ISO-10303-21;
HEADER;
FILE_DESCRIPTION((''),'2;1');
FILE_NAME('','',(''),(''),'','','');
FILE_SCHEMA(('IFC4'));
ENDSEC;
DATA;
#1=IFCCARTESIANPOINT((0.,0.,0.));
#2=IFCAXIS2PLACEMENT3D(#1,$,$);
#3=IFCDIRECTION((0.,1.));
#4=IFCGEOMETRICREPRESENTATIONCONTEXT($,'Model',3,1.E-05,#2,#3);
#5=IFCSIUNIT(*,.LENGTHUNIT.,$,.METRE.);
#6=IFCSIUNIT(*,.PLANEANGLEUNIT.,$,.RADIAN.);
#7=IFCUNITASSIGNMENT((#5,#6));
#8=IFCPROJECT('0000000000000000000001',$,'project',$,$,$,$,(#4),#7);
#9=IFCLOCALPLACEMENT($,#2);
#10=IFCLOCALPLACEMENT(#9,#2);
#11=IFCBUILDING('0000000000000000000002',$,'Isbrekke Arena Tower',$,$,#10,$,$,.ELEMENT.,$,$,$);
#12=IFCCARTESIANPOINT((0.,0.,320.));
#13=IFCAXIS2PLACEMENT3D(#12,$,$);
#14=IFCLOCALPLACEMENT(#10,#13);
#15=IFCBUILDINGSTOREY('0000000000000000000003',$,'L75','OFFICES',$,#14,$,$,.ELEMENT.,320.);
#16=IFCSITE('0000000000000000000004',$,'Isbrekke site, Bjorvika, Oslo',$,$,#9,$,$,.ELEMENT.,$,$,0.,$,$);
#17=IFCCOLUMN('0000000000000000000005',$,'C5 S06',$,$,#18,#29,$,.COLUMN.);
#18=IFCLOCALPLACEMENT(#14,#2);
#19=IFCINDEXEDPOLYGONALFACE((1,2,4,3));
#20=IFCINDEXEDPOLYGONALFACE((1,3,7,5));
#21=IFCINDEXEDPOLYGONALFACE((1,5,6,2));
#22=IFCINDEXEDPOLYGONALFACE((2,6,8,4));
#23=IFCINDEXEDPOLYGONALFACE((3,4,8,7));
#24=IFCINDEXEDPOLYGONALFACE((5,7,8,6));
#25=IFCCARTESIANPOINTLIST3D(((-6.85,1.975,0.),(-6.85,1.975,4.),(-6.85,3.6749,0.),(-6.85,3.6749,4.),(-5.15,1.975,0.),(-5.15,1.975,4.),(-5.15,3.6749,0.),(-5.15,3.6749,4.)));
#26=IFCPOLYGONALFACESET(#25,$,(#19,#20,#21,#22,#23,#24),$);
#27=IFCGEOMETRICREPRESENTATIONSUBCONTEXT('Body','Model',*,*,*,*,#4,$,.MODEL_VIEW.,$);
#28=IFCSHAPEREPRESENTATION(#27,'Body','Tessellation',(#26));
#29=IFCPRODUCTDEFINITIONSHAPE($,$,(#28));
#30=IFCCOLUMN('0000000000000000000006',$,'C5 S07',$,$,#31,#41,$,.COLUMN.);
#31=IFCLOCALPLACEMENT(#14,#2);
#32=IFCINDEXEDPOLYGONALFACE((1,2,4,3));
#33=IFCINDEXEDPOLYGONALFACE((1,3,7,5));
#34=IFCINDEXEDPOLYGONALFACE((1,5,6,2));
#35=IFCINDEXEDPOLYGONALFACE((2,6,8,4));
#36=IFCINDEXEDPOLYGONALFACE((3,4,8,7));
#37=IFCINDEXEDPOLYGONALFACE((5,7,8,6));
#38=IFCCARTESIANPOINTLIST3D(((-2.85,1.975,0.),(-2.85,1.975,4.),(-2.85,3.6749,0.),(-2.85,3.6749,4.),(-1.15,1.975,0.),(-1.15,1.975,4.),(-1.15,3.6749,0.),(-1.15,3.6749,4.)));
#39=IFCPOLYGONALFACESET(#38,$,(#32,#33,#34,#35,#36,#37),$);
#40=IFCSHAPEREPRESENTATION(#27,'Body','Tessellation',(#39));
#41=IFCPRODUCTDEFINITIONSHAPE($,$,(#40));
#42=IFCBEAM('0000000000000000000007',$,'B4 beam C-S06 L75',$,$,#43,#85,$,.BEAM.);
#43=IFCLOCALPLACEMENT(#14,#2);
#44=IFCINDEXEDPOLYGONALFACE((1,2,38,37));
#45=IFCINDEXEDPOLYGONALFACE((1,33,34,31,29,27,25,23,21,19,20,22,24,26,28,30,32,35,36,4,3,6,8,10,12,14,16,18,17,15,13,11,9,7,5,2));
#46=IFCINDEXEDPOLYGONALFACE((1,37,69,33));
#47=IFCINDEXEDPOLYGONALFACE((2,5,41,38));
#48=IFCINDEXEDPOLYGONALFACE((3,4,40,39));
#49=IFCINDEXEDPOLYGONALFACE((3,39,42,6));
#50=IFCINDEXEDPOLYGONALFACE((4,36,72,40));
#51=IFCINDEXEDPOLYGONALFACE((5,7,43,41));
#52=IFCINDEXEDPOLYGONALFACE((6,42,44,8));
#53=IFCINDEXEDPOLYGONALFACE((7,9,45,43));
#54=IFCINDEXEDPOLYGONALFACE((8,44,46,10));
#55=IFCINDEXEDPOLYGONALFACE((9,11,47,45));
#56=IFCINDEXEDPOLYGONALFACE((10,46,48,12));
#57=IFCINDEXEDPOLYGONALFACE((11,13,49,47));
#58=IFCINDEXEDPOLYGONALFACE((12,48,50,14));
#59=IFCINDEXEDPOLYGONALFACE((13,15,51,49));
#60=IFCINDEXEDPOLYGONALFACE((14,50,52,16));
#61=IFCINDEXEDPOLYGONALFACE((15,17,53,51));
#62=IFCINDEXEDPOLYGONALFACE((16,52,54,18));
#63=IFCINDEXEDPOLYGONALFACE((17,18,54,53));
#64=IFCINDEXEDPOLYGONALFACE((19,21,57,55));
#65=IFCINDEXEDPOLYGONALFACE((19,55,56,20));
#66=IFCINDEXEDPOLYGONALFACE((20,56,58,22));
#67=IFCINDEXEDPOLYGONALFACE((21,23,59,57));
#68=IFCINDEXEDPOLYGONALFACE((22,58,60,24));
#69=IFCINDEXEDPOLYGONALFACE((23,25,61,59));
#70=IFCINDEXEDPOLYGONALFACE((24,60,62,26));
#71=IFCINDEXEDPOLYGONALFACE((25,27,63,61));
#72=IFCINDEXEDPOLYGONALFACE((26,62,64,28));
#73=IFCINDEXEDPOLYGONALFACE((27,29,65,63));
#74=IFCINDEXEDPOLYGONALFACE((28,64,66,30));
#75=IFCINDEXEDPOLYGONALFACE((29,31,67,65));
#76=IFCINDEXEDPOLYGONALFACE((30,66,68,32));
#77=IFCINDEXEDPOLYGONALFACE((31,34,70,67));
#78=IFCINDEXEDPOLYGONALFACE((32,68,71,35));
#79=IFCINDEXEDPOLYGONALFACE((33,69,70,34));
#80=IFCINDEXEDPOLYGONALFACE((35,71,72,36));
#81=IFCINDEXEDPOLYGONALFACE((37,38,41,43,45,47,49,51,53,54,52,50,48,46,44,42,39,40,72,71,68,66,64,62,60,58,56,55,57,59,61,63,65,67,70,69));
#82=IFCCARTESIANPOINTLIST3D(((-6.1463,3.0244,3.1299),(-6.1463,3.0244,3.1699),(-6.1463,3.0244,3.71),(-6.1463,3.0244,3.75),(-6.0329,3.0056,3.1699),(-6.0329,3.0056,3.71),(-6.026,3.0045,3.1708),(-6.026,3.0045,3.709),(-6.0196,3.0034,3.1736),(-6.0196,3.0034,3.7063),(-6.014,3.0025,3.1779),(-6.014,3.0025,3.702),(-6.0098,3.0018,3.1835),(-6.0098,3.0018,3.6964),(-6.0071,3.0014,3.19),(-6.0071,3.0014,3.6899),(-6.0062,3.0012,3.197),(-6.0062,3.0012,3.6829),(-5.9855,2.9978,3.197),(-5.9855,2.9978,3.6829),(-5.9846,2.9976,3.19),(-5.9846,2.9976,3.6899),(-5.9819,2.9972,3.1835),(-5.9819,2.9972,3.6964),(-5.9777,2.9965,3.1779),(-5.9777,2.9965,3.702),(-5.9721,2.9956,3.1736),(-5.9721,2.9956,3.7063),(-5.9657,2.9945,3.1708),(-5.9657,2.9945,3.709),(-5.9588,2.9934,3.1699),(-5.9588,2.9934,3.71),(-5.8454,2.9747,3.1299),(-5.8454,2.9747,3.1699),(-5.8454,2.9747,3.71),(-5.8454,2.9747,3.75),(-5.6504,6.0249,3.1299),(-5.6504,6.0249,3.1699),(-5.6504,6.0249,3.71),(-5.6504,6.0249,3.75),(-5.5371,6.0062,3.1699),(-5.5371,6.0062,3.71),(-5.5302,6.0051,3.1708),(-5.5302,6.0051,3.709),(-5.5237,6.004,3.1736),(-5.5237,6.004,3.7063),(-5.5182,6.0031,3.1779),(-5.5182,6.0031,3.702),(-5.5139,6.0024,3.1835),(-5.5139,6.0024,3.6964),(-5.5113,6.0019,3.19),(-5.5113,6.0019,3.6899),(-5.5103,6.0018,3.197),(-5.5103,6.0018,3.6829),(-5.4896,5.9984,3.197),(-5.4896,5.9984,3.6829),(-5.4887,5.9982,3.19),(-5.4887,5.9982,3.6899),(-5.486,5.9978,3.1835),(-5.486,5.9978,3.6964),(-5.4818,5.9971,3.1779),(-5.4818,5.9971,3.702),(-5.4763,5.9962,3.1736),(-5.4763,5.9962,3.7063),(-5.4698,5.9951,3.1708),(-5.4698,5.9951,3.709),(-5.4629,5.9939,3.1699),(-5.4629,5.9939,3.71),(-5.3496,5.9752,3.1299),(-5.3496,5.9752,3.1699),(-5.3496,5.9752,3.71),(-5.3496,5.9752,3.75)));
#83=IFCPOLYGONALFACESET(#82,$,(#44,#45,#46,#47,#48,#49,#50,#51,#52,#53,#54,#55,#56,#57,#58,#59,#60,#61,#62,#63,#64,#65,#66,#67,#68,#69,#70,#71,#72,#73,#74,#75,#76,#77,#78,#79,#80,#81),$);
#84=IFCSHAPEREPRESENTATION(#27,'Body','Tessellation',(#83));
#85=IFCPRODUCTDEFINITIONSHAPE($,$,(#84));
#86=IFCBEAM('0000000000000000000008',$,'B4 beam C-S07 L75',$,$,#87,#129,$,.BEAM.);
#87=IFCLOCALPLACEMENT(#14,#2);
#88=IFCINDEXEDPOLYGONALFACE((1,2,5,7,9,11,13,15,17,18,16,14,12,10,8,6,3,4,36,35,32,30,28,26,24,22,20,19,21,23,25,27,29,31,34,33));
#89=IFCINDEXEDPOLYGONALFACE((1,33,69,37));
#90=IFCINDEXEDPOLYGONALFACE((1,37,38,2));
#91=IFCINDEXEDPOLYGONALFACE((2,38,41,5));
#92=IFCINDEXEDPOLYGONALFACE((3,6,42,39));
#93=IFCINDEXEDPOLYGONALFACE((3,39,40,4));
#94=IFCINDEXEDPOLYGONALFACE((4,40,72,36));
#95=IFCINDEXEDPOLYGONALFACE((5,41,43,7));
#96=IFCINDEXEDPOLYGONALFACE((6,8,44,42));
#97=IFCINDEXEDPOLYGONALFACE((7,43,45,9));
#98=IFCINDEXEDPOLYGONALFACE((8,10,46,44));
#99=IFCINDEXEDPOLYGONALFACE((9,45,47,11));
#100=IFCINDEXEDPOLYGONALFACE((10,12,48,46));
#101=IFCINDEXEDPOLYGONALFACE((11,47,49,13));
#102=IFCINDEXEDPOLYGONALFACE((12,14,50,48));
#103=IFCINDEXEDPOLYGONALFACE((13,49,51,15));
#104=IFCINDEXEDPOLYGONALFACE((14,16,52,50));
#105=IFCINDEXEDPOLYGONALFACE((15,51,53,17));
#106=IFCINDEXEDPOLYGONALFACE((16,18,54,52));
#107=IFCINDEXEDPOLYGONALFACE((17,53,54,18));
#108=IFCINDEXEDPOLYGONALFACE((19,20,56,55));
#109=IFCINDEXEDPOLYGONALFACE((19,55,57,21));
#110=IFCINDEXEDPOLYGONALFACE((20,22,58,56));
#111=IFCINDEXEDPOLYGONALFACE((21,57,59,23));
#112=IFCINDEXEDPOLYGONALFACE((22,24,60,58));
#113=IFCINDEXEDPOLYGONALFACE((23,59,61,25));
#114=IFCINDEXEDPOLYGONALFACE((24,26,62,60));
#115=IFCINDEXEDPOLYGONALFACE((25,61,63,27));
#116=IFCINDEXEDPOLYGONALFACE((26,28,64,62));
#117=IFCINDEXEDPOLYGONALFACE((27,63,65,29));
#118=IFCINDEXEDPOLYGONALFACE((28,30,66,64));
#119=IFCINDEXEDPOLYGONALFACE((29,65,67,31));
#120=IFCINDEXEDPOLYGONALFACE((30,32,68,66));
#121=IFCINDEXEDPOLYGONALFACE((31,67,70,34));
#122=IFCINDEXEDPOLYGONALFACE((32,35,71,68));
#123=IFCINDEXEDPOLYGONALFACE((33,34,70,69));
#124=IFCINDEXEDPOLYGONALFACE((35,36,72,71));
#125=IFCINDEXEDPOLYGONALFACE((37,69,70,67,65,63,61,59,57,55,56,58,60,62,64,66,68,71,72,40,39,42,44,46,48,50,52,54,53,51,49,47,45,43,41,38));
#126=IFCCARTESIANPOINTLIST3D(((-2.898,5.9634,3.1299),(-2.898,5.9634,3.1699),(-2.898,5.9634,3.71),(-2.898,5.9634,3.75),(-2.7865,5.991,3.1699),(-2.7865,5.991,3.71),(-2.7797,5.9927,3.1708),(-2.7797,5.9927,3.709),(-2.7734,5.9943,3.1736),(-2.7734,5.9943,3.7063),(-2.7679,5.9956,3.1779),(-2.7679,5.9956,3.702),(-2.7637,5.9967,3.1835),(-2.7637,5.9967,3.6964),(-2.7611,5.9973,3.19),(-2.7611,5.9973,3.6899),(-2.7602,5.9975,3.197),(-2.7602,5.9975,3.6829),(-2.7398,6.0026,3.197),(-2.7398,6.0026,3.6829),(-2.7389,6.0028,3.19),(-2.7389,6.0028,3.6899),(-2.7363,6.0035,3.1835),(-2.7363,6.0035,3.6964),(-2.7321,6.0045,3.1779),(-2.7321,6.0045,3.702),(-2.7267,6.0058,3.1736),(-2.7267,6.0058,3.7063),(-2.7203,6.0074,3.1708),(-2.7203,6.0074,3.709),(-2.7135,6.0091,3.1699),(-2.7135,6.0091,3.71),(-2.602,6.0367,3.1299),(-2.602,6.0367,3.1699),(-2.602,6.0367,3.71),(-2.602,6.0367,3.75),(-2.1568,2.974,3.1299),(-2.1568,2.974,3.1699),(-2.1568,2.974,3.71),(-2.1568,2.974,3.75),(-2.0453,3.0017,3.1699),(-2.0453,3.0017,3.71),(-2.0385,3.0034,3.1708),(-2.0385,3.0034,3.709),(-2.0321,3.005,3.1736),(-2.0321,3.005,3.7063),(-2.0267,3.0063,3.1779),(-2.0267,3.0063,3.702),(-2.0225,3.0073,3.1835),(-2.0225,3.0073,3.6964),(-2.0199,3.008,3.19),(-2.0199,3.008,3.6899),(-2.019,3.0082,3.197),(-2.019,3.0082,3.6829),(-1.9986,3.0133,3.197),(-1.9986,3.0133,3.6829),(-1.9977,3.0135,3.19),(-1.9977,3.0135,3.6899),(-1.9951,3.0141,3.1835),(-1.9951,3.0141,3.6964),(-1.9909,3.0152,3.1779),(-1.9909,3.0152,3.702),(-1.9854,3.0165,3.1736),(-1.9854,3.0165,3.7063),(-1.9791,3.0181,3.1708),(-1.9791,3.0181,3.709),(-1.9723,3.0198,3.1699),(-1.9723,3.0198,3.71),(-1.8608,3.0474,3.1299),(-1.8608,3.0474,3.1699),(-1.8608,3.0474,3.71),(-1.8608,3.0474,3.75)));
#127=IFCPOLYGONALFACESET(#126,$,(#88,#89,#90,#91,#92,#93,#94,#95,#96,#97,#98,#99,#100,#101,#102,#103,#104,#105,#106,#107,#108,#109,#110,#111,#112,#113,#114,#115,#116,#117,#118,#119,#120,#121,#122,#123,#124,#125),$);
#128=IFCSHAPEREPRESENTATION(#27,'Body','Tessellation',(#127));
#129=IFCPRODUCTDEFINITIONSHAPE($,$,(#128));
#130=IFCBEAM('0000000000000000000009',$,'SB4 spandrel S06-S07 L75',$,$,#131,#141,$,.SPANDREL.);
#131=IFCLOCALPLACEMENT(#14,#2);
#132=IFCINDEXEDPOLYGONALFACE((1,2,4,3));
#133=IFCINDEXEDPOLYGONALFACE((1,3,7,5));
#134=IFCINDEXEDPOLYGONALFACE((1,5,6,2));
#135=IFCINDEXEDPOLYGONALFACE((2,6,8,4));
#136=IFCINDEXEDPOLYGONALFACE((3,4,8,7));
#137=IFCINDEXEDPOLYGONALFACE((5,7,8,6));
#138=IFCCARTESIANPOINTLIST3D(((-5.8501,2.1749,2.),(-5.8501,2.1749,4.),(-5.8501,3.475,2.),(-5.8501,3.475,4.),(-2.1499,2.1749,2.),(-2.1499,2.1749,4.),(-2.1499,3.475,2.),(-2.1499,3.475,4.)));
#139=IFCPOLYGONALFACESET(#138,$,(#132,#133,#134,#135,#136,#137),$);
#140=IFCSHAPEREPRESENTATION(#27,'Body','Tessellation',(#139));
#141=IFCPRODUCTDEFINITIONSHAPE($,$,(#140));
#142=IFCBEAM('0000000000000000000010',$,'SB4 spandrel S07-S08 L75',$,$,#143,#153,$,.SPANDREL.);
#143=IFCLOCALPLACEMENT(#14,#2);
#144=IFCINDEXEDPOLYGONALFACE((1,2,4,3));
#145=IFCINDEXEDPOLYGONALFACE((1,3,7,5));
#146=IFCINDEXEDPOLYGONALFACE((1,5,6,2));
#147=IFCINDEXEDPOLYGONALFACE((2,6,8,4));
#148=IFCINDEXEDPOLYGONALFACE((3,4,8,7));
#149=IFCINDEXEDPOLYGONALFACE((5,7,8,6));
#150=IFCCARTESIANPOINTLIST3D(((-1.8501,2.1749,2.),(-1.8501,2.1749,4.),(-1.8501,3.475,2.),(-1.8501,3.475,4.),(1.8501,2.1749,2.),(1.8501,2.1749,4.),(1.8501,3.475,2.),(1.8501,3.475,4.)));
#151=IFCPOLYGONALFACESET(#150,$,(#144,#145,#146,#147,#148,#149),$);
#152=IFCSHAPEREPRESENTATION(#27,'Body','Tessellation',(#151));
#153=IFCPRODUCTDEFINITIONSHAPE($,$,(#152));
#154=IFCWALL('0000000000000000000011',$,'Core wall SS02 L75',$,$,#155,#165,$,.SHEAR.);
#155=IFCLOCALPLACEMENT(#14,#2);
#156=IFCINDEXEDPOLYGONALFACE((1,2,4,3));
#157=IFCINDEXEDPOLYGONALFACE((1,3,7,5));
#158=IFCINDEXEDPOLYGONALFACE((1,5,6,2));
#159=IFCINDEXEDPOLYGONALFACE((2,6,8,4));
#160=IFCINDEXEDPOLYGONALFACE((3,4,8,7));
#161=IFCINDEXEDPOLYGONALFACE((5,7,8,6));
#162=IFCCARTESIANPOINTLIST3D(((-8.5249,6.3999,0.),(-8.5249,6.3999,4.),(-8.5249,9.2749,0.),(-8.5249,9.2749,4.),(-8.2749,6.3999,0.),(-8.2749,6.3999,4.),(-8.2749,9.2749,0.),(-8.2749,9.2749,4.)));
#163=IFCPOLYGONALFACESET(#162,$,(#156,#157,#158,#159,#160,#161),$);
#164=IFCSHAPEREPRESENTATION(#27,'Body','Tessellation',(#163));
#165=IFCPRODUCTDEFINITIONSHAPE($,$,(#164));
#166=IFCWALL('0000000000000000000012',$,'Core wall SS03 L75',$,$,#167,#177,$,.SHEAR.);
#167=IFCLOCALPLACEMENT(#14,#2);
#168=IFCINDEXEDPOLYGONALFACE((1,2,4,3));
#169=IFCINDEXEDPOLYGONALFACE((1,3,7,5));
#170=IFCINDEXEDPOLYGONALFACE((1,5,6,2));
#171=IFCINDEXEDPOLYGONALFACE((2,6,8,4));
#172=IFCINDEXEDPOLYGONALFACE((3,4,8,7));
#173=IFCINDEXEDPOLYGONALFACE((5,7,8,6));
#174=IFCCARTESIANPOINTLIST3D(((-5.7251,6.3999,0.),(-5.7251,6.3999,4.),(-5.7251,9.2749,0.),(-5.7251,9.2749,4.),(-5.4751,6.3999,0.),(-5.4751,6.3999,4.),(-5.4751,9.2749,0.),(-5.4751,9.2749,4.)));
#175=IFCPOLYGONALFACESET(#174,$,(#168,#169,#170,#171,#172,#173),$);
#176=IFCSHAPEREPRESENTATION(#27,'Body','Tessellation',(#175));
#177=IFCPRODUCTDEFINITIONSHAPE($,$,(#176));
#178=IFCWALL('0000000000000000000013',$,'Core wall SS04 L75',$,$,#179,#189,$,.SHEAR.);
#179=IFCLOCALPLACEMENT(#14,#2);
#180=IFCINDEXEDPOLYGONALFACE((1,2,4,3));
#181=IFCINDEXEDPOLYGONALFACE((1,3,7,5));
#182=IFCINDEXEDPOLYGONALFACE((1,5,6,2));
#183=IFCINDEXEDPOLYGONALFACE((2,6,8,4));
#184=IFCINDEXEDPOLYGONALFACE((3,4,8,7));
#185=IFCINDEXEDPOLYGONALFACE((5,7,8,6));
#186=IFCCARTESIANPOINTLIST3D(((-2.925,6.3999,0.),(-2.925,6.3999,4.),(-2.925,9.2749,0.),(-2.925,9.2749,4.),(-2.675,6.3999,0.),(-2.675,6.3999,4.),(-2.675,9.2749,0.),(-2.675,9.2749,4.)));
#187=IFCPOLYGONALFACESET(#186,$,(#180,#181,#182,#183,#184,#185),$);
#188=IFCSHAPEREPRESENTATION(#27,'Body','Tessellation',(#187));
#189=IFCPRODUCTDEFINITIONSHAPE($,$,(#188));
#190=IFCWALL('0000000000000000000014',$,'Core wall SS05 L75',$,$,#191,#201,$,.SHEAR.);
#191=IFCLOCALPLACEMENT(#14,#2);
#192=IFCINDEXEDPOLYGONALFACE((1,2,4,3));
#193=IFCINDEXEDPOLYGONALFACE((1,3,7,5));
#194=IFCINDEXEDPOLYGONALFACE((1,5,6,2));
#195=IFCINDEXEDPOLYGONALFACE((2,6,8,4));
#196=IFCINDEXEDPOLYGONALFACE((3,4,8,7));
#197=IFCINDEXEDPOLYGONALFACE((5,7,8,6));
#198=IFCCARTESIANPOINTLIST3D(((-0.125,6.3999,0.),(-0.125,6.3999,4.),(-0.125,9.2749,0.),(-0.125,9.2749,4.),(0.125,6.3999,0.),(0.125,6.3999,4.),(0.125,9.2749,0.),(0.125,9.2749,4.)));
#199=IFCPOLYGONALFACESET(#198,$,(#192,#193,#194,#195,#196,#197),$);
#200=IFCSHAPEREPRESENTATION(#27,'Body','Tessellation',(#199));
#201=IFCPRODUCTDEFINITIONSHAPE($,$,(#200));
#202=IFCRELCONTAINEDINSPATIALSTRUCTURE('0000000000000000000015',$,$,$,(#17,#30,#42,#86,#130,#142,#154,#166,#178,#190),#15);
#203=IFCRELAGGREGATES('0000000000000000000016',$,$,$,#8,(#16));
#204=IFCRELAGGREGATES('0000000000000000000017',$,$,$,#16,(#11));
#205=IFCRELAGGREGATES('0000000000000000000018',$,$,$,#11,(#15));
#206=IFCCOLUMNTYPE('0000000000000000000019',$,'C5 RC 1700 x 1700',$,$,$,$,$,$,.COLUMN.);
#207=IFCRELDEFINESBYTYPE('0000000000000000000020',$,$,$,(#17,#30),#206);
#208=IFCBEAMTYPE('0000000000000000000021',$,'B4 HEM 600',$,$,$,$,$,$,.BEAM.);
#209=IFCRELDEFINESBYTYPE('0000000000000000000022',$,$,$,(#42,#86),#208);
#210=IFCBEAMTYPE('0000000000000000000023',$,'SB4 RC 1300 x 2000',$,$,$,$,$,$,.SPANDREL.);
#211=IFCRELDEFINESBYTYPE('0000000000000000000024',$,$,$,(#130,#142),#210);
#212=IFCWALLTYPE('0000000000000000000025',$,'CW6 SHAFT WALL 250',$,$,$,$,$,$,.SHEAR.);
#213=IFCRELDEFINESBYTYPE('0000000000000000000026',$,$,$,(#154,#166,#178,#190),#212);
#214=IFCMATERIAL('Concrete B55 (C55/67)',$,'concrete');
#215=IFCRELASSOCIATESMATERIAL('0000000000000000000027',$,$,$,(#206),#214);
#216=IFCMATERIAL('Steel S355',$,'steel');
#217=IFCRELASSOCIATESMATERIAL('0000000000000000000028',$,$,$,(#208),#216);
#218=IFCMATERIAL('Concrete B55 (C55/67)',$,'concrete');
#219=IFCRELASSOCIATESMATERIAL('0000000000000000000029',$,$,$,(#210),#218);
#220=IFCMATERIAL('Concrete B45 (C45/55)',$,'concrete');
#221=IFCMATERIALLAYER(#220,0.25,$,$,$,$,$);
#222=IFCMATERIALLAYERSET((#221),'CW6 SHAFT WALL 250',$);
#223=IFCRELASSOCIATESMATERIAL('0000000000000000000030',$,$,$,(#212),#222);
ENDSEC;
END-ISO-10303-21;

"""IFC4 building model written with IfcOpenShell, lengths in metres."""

from ifc_helpers import new_model, si_unit, direction, frame, frame_2d, origin, origin_2d, place, context, subcontext, project, spatial, rectangle, i_section, extrude, material, layer, layer_set, material_profile, profile_set, type_object, element, save


model = new_model("IFC4")

# Units and contexts
model_context = context("Model", 3, precision=1e-05, world=origin(), true_north=direction((0.0, 1.0)))
body_context = subcontext(model_context, "Body", "Model", "MODEL_VIEW")
ifc_project = project(units=[si_unit("LENGTHUNIT", "METRE"), si_unit("PLANEANGLEUNIT", "RADIAN")], contexts=[model_context])

# Site, building, storey
site_placement = place(None, origin())
site = spatial("IfcSite", under=ifc_project, at=site_placement, Name="Isbrekke site, Bjorvika, Oslo", CompositionType="ELEMENT", RefElevation=0.0)
building_placement = place(site_placement, origin())
building = spatial("IfcBuilding", under=site, at=building_placement, Name="Isbrekke Arena Tower", CompositionType="ELEMENT")
storey_placement = place(building_placement, frame((0.0, 0.0, 320.0)))
storey = spatial("IfcBuildingStorey", under=building, at=storey_placement, Name="L75", Description="OFFICES", CompositionType="ELEMENT", Elevation=320.0)

# Columns
ifc_material_1 = material(Name="Concrete B55 (C55/67)", Category="concrete")
ifc_material_profile_1 = material_profile(ifc_material_1, rectangle(XDim=1.7, YDim=1.7, at=origin_2d()), Name="RC 1700x1700")
ifc_profile_set_1 = profile_set([ifc_material_profile_1], Name="Concrete B55 (C55/67)")
column_type = type_object("IfcColumnType", Name="C5 RC 1700 x 1700", PredefinedType="COLUMN", material=ifc_profile_set_1)
for number, where, z_axis, x_axis, name in (
    (1, (-6.0, 2.825, 0.0), (0.0, 0.0, 1.0), (1.0, 0.0, 0.0), "C5 S06"),
    (2, (-2.0, 2.825, 0.0), (0.0, 0.0, 1.0), (1.0, 0.0, 0.0), "C5 S07"),
):
    element("IfcColumn", number, at=place(storey_placement, frame(where, z_axis=z_axis, x_axis=x_axis)), inside=storey, type_object=column_type, Name=name, PredefinedType="COLUMN", context=body_context, shape_type="SweptSolid", body=[
        extrude(rectangle(XDim=1.7, YDim=1.7, at=origin_2d()), origin(), (0.0, 0.0, 1.0), 4.0),
    ])

# Beams
ifc_material_2 = material(Name="Steel S355", Category="steel")
ifc_material_profile_2 = material_profile(ifc_material_2, i_section(OverallWidth=0.3049, OverallDepth=0.6201, WebThickness=0.021, FlangeThickness=0.04, FilletRadius=0.0271, at=origin_2d()), Name="HEM 600")
ifc_profile_set_2 = profile_set([ifc_material_profile_2], Name="Steel S355")
beam_type_1 = type_object("IfcBeamType", Name="B4 HEM 600", PredefinedType="BEAM", material=ifc_profile_set_2)
beam_1_placement = place(storey_placement, frame((-5.9958, 2.9995, 3.4399), z_axis=(0.163045, 0.986619, 0.0), x_axis=(-0.986619, 0.163045, 0.0)))
element("IfcBeam", 3, at=beam_1_placement, inside=storey, type_object=beam_type_1, Name="B4 beam C-S06 L75", PredefinedType="BEAM", context=body_context, shape_type="SweptSolid", body=[
    extrude(i_section(OverallWidth=0.3049, OverallDepth=0.6201, WebThickness=0.021, FlangeThickness=0.04, FilletRadius=0.0271, at=origin_2d()), origin(), (0.0, 0.0, 1.0), 3.0413),
])
beam_2_placement = place(storey_placement, frame((-2.0088, 3.0107, 3.4399), z_axis=(-0.24067, 0.970607, 0.0), x_axis=(-0.970607, -0.24067, 0.0)))
element("IfcBeam", 4, at=beam_2_placement, inside=storey, type_object=beam_type_1, Name="B4 beam C-S07 L75", PredefinedType="BEAM", context=body_context, shape_type="SweptSolid", body=[
    extrude(i_section(OverallWidth=0.3049, OverallDepth=0.6201, WebThickness=0.021, FlangeThickness=0.04, FilletRadius=0.0271, at=origin_2d()), origin(), (0.0, 0.0, 1.0), 3.0798),
])
ifc_material_3 = material(Name="Concrete B55 (C55/67)", Category="concrete")
ifc_material_profile_3 = material_profile(ifc_material_3, rectangle(XDim=1.3, YDim=2.0, at=origin_2d()), Name="RC 1300x2000")
ifc_profile_set_3 = profile_set([ifc_material_profile_3], Name="Concrete B55 (C55/67)")
beam_type_2 = type_object("IfcBeamType", Name="SB4 RC 1300 x 2000", PredefinedType="SPANDREL", material=ifc_profile_set_3)
for number, where, z_axis, x_axis, name in (
    (5, (-5.8501, 2.825, 3.0), (1.0, 0.0, 0.0), (0.0, 1.0, 0.0), "SB4 spandrel S06-S07 L75"),
    (6, (-1.8501, 2.825, 3.0), (1.0, 0.0, 0.0), (0.0, 1.0, 0.0), "SB4 spandrel S07-S08 L75"),
):
    element("IfcBeam", number, at=place(storey_placement, frame(where, z_axis=z_axis, x_axis=x_axis)), inside=storey, type_object=beam_type_2, Name=name, PredefinedType="SPANDREL", context=body_context, shape_type="SweptSolid", body=[
        extrude(rectangle(XDim=1.3, YDim=2.0, at=origin_2d()), origin(), (0.0, 0.0, 1.0), 3.7002),
    ])

# Walls
ifc_material_4 = material(Name="Concrete B45 (C45/55)", Category="concrete")
ifc_layer_1 = layer(ifc_material_4, 0.25)
ifc_layer_set_1 = layer_set([ifc_layer_1], Name="CW6 SHAFT WALL 250")
wall_type_1 = type_object("IfcWallType", Name="CW6 SHAFT WALL 250", PredefinedType="SHEAR", material=ifc_layer_set_1)
for number, where, z_axis, x_axis, name in (
    (7, (-8.3999, 6.3999, 0.0), (0.0, 0.0, 1.0), (0.0, 1.0, 0.0), "Core wall SS02 L75"),
    (8, (-5.6001, 6.3999, 0.0), (0.0, 0.0, 1.0), (0.0, 1.0, 0.0), "Core wall SS03 L75"),
    (9, (-2.8, 6.3999, 0.0), (0.0, 0.0, 1.0), (0.0, 1.0, 0.0), "Core wall SS04 L75"),
    (10, (0.0, 6.3999, 0.0), (0.0, 0.0, 1.0), (0.0, 1.0, 0.0), "Core wall SS05 L75"),
):
    element("IfcWall", number, at=place(storey_placement, frame(where, z_axis=z_axis, x_axis=x_axis)), inside=storey, type_object=wall_type_1, Name=name, PredefinedType="SHEAR", context=body_context, shape_type="SweptSolid", body=[
        extrude(rectangle(XDim=2.875, YDim=0.25, at=frame_2d((1.4375, 0.0))), origin(), (0.0, 0.0, 1.0), 4.0),
    ])

save(model, "model.ifc")
